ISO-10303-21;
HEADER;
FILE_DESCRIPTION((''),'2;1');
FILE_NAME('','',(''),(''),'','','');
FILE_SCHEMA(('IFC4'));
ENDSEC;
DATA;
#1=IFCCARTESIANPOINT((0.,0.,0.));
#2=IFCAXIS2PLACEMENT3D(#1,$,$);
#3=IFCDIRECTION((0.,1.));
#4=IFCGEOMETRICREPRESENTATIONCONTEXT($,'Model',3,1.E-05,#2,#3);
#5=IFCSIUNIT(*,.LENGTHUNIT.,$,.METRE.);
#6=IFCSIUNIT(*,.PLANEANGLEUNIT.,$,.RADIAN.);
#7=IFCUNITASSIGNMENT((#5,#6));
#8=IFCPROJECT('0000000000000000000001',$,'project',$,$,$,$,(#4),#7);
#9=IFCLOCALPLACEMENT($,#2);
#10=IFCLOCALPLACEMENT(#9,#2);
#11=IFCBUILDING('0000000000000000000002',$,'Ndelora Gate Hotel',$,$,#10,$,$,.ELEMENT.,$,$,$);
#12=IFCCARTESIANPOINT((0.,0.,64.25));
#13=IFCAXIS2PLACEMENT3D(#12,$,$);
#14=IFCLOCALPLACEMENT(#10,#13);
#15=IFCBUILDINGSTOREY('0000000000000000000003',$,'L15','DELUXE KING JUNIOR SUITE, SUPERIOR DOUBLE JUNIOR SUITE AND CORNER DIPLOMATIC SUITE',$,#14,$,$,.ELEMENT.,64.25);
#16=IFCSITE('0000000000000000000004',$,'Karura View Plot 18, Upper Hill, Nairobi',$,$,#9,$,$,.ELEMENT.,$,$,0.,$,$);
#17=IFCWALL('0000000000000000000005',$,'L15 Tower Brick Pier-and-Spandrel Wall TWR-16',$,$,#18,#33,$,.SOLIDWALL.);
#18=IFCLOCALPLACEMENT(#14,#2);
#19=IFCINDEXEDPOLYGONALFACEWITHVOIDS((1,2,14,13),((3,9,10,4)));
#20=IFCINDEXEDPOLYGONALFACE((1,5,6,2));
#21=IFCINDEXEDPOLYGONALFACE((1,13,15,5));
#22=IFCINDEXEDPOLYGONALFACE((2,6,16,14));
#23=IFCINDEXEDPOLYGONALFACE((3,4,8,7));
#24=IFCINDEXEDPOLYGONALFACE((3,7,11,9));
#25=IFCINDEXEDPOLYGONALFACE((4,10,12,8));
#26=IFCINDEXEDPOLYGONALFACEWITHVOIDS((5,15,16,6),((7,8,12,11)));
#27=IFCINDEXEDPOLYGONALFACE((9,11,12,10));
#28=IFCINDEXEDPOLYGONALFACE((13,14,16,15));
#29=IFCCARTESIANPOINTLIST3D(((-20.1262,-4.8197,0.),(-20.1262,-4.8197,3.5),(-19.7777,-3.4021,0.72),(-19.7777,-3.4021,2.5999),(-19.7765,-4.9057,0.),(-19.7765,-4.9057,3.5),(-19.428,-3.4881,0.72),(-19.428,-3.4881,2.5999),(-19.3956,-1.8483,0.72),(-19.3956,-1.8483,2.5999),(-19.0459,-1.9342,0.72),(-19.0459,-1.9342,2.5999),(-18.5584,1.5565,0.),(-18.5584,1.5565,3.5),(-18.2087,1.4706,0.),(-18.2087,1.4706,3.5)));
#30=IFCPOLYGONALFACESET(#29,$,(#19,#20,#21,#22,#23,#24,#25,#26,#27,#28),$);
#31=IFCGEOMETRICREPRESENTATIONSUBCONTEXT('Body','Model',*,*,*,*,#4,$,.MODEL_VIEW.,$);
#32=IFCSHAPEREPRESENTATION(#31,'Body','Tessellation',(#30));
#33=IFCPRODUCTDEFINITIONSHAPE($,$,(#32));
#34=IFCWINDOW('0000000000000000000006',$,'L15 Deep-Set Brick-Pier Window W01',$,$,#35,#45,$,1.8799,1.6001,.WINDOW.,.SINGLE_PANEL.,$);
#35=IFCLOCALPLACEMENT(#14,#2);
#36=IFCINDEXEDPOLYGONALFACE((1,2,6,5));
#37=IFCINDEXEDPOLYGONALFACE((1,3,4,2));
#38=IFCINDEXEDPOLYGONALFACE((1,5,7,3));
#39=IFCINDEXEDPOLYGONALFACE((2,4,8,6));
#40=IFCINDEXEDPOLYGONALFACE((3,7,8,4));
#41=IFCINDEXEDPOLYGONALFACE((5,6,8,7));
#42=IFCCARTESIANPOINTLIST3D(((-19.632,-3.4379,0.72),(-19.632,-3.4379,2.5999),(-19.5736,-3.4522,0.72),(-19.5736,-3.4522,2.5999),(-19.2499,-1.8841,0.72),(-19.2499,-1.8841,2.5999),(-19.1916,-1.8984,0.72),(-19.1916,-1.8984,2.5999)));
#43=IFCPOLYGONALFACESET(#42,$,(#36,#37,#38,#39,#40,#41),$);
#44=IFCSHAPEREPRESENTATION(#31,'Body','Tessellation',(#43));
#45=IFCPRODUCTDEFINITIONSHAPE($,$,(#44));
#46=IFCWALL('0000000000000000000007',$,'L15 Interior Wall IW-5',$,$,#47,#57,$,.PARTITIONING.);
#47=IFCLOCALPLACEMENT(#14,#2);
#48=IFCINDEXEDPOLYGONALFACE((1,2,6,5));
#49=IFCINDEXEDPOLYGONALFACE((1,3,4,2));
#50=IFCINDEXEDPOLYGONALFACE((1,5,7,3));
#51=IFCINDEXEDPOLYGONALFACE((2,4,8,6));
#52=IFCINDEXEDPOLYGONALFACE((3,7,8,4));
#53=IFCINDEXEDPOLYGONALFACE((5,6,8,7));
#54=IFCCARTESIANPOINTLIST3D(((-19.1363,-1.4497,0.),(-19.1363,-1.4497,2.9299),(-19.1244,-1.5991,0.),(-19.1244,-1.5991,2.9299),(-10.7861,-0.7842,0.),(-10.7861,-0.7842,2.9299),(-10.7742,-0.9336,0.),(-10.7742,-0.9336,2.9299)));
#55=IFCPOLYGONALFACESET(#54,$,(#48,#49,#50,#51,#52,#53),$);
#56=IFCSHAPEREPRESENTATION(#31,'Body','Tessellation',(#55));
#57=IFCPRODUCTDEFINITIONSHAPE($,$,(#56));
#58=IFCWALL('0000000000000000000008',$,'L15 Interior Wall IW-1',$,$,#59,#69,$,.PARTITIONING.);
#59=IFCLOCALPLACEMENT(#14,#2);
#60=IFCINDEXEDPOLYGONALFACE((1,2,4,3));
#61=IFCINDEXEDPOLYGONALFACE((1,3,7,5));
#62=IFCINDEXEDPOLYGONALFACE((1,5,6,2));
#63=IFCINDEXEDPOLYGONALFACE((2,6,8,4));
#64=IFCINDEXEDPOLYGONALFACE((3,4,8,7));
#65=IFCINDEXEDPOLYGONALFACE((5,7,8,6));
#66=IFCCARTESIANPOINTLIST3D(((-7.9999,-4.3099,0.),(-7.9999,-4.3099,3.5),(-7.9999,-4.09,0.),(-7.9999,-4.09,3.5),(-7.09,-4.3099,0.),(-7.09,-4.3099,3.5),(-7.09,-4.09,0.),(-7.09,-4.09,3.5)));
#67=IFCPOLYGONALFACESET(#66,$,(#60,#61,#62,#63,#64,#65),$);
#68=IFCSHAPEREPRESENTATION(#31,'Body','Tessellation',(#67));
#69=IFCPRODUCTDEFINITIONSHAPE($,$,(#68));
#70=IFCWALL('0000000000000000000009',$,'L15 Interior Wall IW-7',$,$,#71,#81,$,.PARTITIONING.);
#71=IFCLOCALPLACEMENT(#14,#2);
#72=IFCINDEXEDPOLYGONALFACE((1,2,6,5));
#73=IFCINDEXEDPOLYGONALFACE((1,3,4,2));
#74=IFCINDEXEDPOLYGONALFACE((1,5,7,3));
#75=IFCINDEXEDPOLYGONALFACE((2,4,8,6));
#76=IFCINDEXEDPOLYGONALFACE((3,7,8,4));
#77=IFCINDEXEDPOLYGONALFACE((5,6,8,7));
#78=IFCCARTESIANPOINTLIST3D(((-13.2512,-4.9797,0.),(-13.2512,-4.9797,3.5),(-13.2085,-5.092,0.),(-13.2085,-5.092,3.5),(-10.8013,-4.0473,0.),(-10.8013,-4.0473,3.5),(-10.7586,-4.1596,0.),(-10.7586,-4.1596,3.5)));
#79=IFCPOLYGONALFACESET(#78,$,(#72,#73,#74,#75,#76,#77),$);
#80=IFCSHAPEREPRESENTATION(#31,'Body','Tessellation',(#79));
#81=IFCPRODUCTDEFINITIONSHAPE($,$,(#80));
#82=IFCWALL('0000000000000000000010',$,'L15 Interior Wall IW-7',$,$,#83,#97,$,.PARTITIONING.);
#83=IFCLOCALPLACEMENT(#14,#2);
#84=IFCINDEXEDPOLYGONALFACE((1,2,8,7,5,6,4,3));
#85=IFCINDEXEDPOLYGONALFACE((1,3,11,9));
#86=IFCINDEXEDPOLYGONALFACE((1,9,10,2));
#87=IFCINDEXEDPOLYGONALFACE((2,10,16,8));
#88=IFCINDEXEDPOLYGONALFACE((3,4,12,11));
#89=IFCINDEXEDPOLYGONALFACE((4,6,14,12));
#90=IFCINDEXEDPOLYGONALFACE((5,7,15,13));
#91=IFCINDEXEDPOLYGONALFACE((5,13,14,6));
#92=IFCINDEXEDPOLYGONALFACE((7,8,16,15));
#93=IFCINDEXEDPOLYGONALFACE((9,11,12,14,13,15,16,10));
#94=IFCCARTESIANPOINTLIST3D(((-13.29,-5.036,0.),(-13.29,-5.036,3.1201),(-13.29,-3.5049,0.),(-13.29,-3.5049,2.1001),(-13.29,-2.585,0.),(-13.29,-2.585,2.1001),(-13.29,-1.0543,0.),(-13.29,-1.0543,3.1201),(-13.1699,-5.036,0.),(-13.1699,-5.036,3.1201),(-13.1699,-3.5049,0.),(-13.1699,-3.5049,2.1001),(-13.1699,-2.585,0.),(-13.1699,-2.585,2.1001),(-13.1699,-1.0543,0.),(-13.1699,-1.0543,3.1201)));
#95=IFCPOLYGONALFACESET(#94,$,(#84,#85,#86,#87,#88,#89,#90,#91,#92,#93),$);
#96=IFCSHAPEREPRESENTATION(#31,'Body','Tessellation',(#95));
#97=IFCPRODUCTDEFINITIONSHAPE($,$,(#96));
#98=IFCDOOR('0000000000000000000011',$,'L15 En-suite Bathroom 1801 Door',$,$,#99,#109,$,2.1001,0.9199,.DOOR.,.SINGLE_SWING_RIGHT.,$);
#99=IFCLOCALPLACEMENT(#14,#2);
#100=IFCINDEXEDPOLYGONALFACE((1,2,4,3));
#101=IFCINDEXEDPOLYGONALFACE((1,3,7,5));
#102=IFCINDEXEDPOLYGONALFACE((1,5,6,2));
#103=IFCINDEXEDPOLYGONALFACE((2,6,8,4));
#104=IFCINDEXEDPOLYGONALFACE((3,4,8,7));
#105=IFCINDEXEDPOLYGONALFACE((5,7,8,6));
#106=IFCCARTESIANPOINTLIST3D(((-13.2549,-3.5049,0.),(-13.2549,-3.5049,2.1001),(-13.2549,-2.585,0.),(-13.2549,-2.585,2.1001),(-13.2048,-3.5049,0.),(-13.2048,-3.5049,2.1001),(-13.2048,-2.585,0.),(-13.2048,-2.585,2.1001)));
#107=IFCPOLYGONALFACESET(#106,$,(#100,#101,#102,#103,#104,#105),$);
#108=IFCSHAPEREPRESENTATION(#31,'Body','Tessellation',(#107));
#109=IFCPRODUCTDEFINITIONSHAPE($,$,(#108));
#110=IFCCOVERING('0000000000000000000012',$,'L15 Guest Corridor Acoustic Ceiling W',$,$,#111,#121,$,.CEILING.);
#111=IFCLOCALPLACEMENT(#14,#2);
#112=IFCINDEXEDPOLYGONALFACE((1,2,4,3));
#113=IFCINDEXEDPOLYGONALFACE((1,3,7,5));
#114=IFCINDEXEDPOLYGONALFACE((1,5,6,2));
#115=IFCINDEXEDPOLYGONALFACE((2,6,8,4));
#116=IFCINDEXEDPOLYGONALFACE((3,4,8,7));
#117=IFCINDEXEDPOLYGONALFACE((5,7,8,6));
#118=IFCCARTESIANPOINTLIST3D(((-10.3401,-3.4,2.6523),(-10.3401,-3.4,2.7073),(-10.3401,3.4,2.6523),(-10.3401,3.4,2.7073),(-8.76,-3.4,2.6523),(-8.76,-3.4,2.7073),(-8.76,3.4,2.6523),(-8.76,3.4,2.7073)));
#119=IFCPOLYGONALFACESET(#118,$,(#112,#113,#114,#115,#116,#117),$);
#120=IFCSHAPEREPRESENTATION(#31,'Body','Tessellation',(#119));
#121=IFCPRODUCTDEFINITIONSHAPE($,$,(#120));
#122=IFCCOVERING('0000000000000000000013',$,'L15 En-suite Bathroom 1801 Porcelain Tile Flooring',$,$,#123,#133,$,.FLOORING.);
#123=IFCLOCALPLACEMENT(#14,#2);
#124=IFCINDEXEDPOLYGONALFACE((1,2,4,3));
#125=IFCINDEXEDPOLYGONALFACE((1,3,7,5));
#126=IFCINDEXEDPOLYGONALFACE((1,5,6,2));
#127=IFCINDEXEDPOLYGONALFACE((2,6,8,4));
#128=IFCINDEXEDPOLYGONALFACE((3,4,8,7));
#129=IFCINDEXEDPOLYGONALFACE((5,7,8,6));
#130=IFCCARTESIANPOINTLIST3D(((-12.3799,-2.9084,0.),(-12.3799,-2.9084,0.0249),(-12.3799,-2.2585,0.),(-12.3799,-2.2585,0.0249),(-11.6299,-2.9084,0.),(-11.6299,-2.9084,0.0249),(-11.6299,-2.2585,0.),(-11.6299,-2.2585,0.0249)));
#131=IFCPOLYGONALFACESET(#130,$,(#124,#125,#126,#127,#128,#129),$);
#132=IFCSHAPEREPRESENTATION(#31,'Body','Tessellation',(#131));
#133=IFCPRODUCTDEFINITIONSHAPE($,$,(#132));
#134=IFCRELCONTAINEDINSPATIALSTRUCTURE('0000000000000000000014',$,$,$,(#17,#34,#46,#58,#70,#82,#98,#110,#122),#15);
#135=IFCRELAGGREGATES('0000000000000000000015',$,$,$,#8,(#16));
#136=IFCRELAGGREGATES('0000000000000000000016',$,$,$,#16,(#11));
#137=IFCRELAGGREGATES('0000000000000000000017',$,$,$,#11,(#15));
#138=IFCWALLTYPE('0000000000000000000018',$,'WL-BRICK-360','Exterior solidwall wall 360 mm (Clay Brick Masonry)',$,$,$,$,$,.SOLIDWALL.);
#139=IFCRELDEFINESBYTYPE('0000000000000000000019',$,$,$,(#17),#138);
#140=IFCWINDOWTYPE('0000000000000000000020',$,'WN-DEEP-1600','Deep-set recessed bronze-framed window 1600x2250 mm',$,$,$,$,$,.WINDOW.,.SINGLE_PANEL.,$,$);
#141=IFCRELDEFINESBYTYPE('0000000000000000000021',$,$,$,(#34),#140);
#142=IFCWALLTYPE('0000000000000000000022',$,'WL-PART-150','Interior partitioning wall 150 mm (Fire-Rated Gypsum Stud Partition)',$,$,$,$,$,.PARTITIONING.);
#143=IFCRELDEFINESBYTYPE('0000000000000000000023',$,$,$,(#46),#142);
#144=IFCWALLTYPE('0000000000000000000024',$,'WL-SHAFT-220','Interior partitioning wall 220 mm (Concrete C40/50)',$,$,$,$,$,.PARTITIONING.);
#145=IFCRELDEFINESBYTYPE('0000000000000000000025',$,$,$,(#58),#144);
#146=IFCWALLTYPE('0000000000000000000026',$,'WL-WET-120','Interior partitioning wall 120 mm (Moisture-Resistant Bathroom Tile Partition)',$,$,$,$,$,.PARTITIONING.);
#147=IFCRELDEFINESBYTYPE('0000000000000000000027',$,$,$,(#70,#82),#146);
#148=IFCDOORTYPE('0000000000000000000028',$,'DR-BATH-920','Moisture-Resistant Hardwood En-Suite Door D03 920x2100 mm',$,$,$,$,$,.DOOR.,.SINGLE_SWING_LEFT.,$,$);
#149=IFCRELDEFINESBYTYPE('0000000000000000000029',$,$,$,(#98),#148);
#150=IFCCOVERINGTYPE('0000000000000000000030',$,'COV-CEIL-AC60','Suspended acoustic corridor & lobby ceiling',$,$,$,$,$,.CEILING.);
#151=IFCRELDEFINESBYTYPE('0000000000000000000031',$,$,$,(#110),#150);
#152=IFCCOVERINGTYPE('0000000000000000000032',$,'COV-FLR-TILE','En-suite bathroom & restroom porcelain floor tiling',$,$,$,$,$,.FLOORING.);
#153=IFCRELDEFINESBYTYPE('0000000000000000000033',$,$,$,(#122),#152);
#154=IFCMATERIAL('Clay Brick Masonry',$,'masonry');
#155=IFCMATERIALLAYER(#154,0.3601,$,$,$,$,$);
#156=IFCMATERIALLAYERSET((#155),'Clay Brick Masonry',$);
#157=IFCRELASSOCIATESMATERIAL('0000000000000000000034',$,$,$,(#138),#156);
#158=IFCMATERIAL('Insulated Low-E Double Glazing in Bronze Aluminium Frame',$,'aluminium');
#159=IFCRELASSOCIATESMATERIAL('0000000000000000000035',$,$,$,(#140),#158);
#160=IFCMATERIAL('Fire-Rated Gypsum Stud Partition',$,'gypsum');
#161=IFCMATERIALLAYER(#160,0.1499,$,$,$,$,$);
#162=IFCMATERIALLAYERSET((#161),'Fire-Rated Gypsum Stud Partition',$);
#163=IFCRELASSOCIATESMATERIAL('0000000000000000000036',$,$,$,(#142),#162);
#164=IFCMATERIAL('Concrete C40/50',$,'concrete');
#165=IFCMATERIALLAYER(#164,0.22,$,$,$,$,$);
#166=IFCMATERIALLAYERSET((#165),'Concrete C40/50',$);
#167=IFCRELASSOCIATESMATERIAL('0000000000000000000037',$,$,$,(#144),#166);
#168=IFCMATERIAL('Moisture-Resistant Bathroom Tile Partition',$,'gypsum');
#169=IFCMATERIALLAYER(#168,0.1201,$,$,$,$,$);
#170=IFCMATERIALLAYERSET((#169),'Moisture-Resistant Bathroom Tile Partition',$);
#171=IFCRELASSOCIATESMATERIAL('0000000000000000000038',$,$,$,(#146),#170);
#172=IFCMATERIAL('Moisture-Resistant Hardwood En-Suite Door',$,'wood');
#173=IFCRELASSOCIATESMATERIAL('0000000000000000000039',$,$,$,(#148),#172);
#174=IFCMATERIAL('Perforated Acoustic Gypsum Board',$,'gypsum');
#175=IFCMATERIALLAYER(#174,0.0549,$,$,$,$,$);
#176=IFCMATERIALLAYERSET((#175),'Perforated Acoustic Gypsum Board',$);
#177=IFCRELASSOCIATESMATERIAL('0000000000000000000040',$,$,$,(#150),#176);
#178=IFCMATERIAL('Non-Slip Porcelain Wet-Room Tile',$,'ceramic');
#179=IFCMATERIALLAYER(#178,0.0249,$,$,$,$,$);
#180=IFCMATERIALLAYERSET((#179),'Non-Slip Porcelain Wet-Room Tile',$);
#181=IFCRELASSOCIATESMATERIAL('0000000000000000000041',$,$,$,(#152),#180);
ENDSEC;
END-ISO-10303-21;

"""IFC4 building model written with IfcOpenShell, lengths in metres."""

from ifc_helpers import new_model, si_unit, direction, frame, frame_2d, origin, origin_2d, place, context, subcontext, project, spatial, rectangle, extrude, material, layer, layer_set, type_object, element, fill, save


model = new_model("IFC4")

# Units and contexts
model_context = context("Model", 3, precision=1e-05, world=origin(), true_north=direction((0.0, 1.0)))
body_context = subcontext(model_context, "Body", "Model", "MODEL_VIEW")
ifc_project = project(units=[si_unit("LENGTHUNIT", "METRE"), si_unit("PLANEANGLEUNIT", "RADIAN")], contexts=[model_context])

# Site, building, storey
site_placement = place(None, origin())
site = spatial("IfcSite", under=ifc_project, at=site_placement, Name="Karura View Plot 18, Upper Hill, Nairobi", CompositionType="ELEMENT", RefElevation=0.0)
building_placement = place(site_placement, origin())
building = spatial("IfcBuilding", under=site, at=building_placement, Name="Ndelora Gate Hotel", CompositionType="ELEMENT")
storey_placement = place(building_placement, frame((0.0, 0.0, 64.25)))
storey = spatial("IfcBuildingStorey", under=building, at=storey_placement, Name="L15", Description="DELUXE KING JUNIOR SUITE, SUPERIOR DOUBLE JUNIOR SUITE AND CORNER DIPLOMATIC SUITE", CompositionType="ELEMENT", Elevation=64.25)

# Shared definitions
ifc_material_1 = material(Name="Clay Brick Masonry", Category="masonry")
ifc_layer_1 = layer(ifc_material_1, 0.3601)
ifc_layer_set_1 = layer_set([ifc_layer_1], Name="Clay Brick Masonry")
wall_type_1 = type_object("IfcWallType", Name="WL-BRICK-360", Description="Exterior solidwall wall 360 mm (Clay Brick Masonry)", PredefinedType="SOLIDWALL", material=ifc_layer_set_1)

# Wall, opening, window
wall_1_placement = place(storey_placement, frame((-19.9514, -4.8628, 0.0), z_axis=(0.0, 0.0, 1.0), x_axis=(0.238781, 0.971074, 0.0)))
wall_1 = element("IfcWall", 1, at=wall_1_placement, inside=storey, type_object=wall_type_1, Name="L15 Tower Brick Pier-and-Spandrel Wall TWR-16", PredefinedType="SOLIDWALL", context=body_context, shape_type="SweptSolid", body=[
    extrude(rectangle(XDim=6.5662, YDim=0.3601, at=frame_2d((3.2832, 0.0))), origin(), (0.0, 0.0, 1.0), 3.5),
])
opening_1_placement = place(wall_1_placement, frame((1.46, 0.0, 0.72)))
opening_1 = element("IfcOpeningElement", 2, at=opening_1_placement, cuts=wall_1, PredefinedType="OPENING", context=body_context, shape_type="SweptSolid", body=[
    extrude(rectangle(XDim=1.6001, YDim=1.8799, at=frame_2d((0.8, 0.9399))), frame((0.0, 0.1899, 0.0), z_axis=(0.0, -1.0, 0.0), x_axis=(1.0, 0.0, 0.0)), (0.0, 0.0, 1.0), 0.3801),
])
ifc_material_2 = material(Name="Insulated Low-E Double Glazing in Bronze Aluminium Frame", Category="aluminium")
window_type = type_object("IfcWindowType", Name="WN-DEEP-1600", Description="Deep-set recessed bronze-framed window 1600x2250 mm", PartitioningType="SINGLE_PANEL", PredefinedType="WINDOW", material=ifc_material_2)
window_placement = place(opening_1_placement, origin())
window = element("IfcWindow", 3, at=window_placement, inside=storey, type_object=window_type, Name="L15 Deep-Set Brick-Pier Window W01", OverallHeight=1.8799, OverallWidth=1.6001, PartitioningType="SINGLE_PANEL", PredefinedType="WINDOW", context=body_context, shape_type="SweptSolid", body=[
    extrude(rectangle(XDim=1.6001, YDim=1.8799, at=frame_2d((0.8, 0.9399))), frame((0.0, 0.03, 0.0), z_axis=(0.0, -1.0, 0.0), x_axis=(1.0, 0.0, 0.0)), (0.0, 0.0, 1.0), 0.0601),
])
fill(opening_1, window)

# Walls
ifc_material_3 = material(Name="Fire-Rated Gypsum Stud Partition", Category="gypsum")
ifc_layer_2 = layer(ifc_material_3, 0.1499)
ifc_layer_set_2 = layer_set([ifc_layer_2], Name="Fire-Rated Gypsum Stud Partition")
wall_type_2 = type_object("IfcWallType", Name="WL-PART-150", Description="Interior partitioning wall 150 mm (Fire-Rated Gypsum Stud Partition)", PredefinedType="PARTITIONING", material=ifc_layer_set_2)
wall_2_placement = place(storey_placement, frame((-10.78, -0.8589, 0.0), z_axis=(0.0, 0.0, 1.0), x_axis=(-0.996839, -0.079449, 0.0)))
element("IfcWall", 4, at=wall_2_placement, inside=storey, type_object=wall_type_2, Name="L15 Interior Wall IW-5", PredefinedType="PARTITIONING", context=body_context, shape_type="SweptSolid", body=[
    extrude(rectangle(XDim=8.3767, YDim=0.1499, at=frame_2d((4.1885, 0.0))), origin(), (0.0, 0.0, 1.0), 2.9299),
])
ifc_material_4 = material(Name="Concrete C40/50", Category="concrete")
ifc_layer_3 = layer(ifc_material_4, 0.22)
ifc_layer_set_3 = layer_set([ifc_layer_3], Name="Concrete C40/50")
wall_type_3 = type_object("IfcWallType", Name="WL-SHAFT-220", Description="Interior partitioning wall 220 mm (Concrete C40/50)", PredefinedType="PARTITIONING", material=ifc_layer_set_3)
wall_3_placement = place(storey_placement, frame((-8.0, -4.2, 0.0), z_axis=(0.0, 0.0, 1.0), x_axis=(1.0, 0.0, 0.0)))
element("IfcWall", 5, at=wall_3_placement, inside=storey, type_object=wall_type_3, Name="L15 Interior Wall IW-1", PredefinedType="PARTITIONING", context=body_context, shape_type="SweptSolid", body=[
    extrude(rectangle(XDim=0.9099, YDim=0.22, at=frame_2d((0.4551, 0.0))), origin(), (0.0, 0.0, 1.0), 3.5),
])
ifc_material_5 = material(Name="Moisture-Resistant Bathroom Tile Partition", Category="gypsum")
ifc_layer_4 = layer(ifc_material_5, 0.1201)
ifc_layer_set_4 = layer_set([ifc_layer_4], Name="Moisture-Resistant Bathroom Tile Partition")
wall_type_4 = type_object("IfcWallType", Name="WL-WET-120", Description="Interior partitioning wall 120 mm (Moisture-Resistant Bathroom Tile Partition)", PredefinedType="PARTITIONING", material=ifc_layer_set_4)
wall_4_placement = place(storey_placement, frame((-10.78, -4.1035, 0.0), z_axis=(0.0, 0.0, 1.0), x_axis=(-0.934607, -0.355682, 0.0)))
element("IfcWall", 6, at=wall_4_placement, inside=storey, type_object=wall_type_4, Name="L15 Interior Wall IW-7", PredefinedType="PARTITIONING", context=body_context, shape_type="SweptSolid", body=[
    extrude(rectangle(XDim=2.6213, YDim=0.1201, at=frame_2d((1.3105, 0.0))), origin(), (0.0, 0.0, 1.0), 3.5),
])

# Wall, opening, door
wall_5_placement = place(storey_placement, frame((-13.23, -5.0359, 0.0), z_axis=(0.0, 0.0, 1.0), x_axis=(0.0, 1.0, 0.0)))
wall_5 = element("IfcWall", 7, at=wall_5_placement, inside=storey, type_object=wall_type_4, Name="L15 Interior Wall IW-7", PredefinedType="PARTITIONING", context=body_context, shape_type="SweptSolid", body=[
    extrude(rectangle(XDim=3.9817, YDim=0.1201, at=frame_2d((1.9907, 0.0))), origin(), (0.0, 0.0, 1.0), 3.1201),
])
opening_2_placement = place(wall_5_placement, frame((1.531, 0.0, 0.0)))
opening_2 = element("IfcOpeningElement", 8, at=opening_2_placement, cuts=wall_5, PredefinedType="OPENING", context=body_context, shape_type="SweptSolid", body=[
    extrude(rectangle(XDim=0.9199, YDim=2.1001, at=frame_2d((0.46, 1.05))), frame((0.0, 0.0701, 0.0), z_axis=(0.0, -1.0, 0.0), x_axis=(1.0, 0.0, 0.0)), (0.0, 0.0, 1.0), 0.1401),
])
ifc_material_6 = material(Name="Moisture-Resistant Hardwood En-Suite Door", Category="wood")
door_type_1 = type_object("IfcDoorType", Name="DR-BATH-920", Description="Moisture-Resistant Hardwood En-Suite Door D03 920x2100 mm", OperationType="SINGLE_SWING_LEFT", PredefinedType="DOOR", material=ifc_material_6)
door_1_placement = place(opening_2_placement, origin())
door_1 = element("IfcDoor", 9, at=door_1_placement, inside=storey, type_object=door_type_1, Name="L15 En-suite Bathroom 1801 Door", OperationType="SINGLE_SWING_RIGHT", OverallHeight=2.1001, OverallWidth=0.9199, PredefinedType="DOOR", context=body_context, shape_type="SweptSolid", body=[
    extrude(rectangle(XDim=0.9199, YDim=2.1001, at=frame_2d((0.46, 1.05))), frame((0.0, 0.0249, 0.0), z_axis=(0.0, -1.0, 0.0), x_axis=(1.0, 0.0, 0.0)), (0.0, 0.0, 1.0), 0.05),
])
fill(opening_2, door_1)

# Coverings
ifc_material_7 = material(Name="Perforated Acoustic Gypsum Board", Category="gypsum")
ifc_layer_5 = layer(ifc_material_7, 0.0549)
ifc_layer_set_5 = layer_set([ifc_layer_5], Name="Perforated Acoustic Gypsum Board")
covering_type_1 = type_object("IfcCoveringType", Name="COV-CEIL-AC60", Description="Suspended acoustic corridor & lobby ceiling", PredefinedType="CEILING", material=ifc_layer_set_5)
covering_1_placement = place(storey_placement, frame((-9.55, 0.0, 2.6523), z_axis=(0.0, 0.0, 1.0), x_axis=(1.0, 0.0, 0.0)))
element("IfcCovering", 10, at=covering_1_placement, inside=storey, type_object=covering_type_1, Name="L15 Guest Corridor Acoustic Ceiling W", PredefinedType="CEILING", context=body_context, shape_type="SweptSolid", body=[
    extrude(rectangle(XDim=1.5801, YDim=6.8, at=origin_2d()), origin(), (0.0, 0.0, 1.0), 0.0549),
])
ifc_material_8 = material(Name="Non-Slip Porcelain Wet-Room Tile", Category="ceramic")
ifc_layer_6 = layer(ifc_material_8, 0.0249)
ifc_layer_set_6 = layer_set([ifc_layer_6], Name="Non-Slip Porcelain Wet-Room Tile")
covering_type_2 = type_object("IfcCoveringType", Name="COV-FLR-TILE", Description="En-suite bathroom & restroom porcelain floor tiling", PredefinedType="FLOORING", material=ifc_layer_set_6)
covering_2_placement = place(storey_placement, frame((-12.0049, -2.5835, 0.0), z_axis=(0.0, 0.0, 1.0), x_axis=(1.0, 0.0, 0.0)))
element("IfcCovering", 11, at=covering_2_placement, inside=storey, type_object=covering_type_2, Name="L15 En-suite Bathroom 1801 Porcelain Tile Flooring", PredefinedType="FLOORING", context=body_context, shape_type="SweptSolid", body=[
    extrude(rectangle(XDim=0.75, YDim=0.6499, at=origin_2d()), origin(), (0.0, 0.0, 1.0), 0.0249),
])

save(model, "model.ifc")
